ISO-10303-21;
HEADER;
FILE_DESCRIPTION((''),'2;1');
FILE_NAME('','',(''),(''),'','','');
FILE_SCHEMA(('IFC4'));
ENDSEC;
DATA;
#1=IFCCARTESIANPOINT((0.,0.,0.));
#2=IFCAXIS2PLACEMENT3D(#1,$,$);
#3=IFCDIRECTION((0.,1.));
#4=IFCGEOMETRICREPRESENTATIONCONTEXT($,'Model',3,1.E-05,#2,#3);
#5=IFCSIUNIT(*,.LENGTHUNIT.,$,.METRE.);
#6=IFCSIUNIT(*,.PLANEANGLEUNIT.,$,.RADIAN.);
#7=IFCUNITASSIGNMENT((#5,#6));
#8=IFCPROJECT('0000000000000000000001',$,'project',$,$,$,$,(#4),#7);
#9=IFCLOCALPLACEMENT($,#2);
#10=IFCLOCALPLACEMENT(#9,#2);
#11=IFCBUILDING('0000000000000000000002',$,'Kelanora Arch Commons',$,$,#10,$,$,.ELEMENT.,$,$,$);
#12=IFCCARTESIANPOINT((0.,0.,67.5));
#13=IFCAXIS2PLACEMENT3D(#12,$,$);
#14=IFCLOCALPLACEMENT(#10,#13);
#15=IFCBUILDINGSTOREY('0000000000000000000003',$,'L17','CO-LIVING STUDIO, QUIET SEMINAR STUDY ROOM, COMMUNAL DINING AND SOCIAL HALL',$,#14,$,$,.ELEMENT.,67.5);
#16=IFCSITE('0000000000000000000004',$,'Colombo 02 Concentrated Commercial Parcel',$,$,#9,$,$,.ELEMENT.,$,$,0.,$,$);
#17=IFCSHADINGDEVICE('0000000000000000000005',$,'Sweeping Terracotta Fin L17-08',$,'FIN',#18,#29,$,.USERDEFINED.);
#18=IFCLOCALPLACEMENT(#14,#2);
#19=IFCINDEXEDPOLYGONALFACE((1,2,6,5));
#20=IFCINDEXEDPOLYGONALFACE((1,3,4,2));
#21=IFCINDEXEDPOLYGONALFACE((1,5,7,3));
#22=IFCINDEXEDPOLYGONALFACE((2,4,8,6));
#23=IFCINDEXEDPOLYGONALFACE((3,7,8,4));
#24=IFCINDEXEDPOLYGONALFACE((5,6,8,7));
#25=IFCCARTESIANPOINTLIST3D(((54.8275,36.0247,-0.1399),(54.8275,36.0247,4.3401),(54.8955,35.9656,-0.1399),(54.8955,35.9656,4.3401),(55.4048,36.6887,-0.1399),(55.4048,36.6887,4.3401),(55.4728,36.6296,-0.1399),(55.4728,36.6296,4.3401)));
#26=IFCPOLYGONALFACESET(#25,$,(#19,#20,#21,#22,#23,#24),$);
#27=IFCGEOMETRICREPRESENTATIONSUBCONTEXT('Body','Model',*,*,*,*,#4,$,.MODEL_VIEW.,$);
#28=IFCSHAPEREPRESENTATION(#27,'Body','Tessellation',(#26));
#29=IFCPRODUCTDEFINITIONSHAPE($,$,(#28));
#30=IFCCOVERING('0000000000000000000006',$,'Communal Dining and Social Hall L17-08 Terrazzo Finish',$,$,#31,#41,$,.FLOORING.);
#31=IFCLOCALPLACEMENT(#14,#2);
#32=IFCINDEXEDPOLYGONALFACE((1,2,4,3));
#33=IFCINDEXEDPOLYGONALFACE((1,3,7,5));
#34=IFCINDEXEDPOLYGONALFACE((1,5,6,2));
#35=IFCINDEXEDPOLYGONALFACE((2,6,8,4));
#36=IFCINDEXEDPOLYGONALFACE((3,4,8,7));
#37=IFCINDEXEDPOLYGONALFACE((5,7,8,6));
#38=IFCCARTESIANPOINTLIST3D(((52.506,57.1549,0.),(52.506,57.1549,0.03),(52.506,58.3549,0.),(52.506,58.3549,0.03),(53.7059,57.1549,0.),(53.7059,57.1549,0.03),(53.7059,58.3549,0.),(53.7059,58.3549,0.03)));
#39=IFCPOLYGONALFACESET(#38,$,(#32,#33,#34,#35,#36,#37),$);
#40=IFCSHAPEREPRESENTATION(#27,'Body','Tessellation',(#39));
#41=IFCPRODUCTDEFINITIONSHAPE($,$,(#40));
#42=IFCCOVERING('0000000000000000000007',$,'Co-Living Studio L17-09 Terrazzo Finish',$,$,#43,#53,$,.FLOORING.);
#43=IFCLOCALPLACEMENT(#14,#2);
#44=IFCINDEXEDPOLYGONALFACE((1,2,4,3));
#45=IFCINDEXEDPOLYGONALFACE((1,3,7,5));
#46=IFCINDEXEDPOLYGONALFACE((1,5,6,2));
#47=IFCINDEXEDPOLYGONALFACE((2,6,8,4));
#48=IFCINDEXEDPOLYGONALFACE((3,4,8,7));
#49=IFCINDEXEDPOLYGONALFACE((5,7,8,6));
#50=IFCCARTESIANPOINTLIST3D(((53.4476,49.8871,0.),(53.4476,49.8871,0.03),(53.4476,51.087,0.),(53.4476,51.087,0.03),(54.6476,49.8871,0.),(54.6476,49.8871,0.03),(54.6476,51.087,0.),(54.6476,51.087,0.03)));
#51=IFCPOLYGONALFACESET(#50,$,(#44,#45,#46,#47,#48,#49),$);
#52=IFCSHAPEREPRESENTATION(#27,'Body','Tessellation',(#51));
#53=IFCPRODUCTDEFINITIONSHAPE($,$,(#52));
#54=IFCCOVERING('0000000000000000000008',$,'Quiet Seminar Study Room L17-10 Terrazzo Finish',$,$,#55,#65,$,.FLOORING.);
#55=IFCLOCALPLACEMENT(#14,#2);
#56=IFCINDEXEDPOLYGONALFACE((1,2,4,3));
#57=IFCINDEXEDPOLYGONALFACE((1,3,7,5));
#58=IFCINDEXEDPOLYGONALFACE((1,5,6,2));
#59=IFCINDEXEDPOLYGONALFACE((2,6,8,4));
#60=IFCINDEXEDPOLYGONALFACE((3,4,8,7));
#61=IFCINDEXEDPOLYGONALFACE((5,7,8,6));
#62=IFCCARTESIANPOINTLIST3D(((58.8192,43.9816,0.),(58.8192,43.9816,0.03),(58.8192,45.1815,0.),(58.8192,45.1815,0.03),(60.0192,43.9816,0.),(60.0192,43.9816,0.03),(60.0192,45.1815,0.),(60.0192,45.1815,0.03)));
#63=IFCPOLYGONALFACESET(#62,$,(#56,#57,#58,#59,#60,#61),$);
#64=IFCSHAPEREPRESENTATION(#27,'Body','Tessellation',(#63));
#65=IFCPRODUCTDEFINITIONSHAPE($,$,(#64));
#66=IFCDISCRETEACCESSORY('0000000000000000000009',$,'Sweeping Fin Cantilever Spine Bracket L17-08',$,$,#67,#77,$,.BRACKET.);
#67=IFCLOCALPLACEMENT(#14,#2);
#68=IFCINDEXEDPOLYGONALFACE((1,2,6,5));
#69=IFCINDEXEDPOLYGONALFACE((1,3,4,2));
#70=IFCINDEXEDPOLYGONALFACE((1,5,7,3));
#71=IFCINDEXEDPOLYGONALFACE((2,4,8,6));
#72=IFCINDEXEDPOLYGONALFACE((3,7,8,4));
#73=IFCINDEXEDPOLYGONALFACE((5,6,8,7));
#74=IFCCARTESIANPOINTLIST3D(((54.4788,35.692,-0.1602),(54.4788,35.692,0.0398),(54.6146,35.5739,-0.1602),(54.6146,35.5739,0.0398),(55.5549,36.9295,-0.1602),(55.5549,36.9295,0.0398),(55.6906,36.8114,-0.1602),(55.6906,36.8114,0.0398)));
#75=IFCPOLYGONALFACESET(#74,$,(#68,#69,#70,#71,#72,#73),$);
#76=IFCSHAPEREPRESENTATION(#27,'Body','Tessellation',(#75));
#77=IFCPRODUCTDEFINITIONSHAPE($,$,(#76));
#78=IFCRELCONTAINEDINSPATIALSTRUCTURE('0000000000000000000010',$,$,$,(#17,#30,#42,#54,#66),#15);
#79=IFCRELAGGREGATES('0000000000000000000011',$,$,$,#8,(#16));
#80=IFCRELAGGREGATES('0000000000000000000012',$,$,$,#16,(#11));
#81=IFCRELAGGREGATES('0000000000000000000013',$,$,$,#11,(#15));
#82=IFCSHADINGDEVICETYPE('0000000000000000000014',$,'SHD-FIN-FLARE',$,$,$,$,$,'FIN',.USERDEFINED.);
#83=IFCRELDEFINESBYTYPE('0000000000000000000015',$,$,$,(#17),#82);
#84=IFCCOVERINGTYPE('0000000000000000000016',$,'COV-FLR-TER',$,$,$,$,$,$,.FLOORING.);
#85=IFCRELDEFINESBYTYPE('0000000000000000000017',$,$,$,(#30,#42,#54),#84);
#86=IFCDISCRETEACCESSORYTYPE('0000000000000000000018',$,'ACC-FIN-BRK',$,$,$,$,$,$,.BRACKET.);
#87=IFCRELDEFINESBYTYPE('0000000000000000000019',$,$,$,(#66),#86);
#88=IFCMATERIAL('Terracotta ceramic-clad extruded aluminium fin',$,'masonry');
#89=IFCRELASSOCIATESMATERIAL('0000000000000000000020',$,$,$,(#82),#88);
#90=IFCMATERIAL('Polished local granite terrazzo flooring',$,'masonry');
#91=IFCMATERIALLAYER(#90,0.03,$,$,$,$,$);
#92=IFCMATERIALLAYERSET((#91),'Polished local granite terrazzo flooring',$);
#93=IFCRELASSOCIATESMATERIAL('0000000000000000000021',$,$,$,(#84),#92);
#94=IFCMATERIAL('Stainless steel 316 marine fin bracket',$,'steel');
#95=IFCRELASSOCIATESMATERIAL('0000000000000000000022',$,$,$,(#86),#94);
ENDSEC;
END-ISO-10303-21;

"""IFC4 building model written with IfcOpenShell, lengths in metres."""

from ifc_helpers import new_model, si_unit, direction, frame, origin, origin_2d, place, context, subcontext, project, spatial, rectangle, extrude, source, transform, mapped, material, layer, layer_set, type_object, element, save


model = new_model("IFC4")

# Units and contexts
model_context = context("Model", 3, precision=1e-05, world=origin(), true_north=direction((0.0, 1.0)))
body_context = subcontext(model_context, "Body", "Model", "MODEL_VIEW")
ifc_project = project(units=[si_unit("LENGTHUNIT", "METRE"), si_unit("PLANEANGLEUNIT", "RADIAN")], contexts=[model_context])

# Site, building, storey
site_placement = place(None, origin())
site = spatial("IfcSite", under=ifc_project, at=site_placement, Name="Colombo 02 Concentrated Commercial Parcel", CompositionType="ELEMENT", RefElevation=0.0)
building_placement = place(site_placement, origin())
building = spatial("IfcBuilding", under=site, at=building_placement, Name="Kelanora Arch Commons", CompositionType="ELEMENT")
storey_placement = place(building_placement, frame((0.0, 0.0, 67.5)))
storey = spatial("IfcBuildingStorey", under=building, at=storey_placement, Name="L17", Description="CO-LIVING STUDIO, QUIET SEMINAR STUDY ROOM, COMMUNAL DINING AND SOCIAL HALL", CompositionType="ELEMENT", Elevation=67.5)

# Shading device
ifc_material_1 = material(Name="Terracotta ceramic-clad extruded aluminium fin", Category="masonry")
shading_device_type = type_object("IfcShadingDeviceType", Name="SHD-FIN-FLARE", ElementType="FIN", PredefinedType="USERDEFINED", material=ifc_material_1)
shared_shape_1 = source(origin(), body_context, "Body", "SweptSolid", [
    extrude(rectangle(XDim=0.8799, YDim=0.0901, at=origin_2d()), origin(), (0.0, 0.0, 1.0), 4.48),
])
shading_device_placement = place(storey_placement, frame((55.1501, 36.3271, -0.1399), z_axis=(0.0, 0.0, 1.0), x_axis=(-0.656191, -0.754595, 0.0)))
element("IfcShadingDevice", 1, at=shading_device_placement, inside=storey, type_object=shading_device_type, Name="Sweeping Terracotta Fin L17-08", ObjectType="FIN", PredefinedType="USERDEFINED", context=body_context, shape_type="MappedRepresentation", body=[
    mapped(shared_shape_1, transform((0.0, 0.0, 0.0), scale=1.0)),
])

# Coverings
ifc_material_2 = material(Name="Polished local granite terrazzo flooring", Category="masonry")
ifc_layer_1 = layer(ifc_material_2, 0.03)
ifc_layer_set_1 = layer_set([ifc_layer_1], Name="Polished local granite terrazzo flooring")
covering_type = type_object("IfcCoveringType", Name="COV-FLR-TER", PredefinedType="FLOORING", material=ifc_layer_set_1)
shared_shape_2 = source(origin(), body_context, "Body", "SweptSolid", [
    extrude(rectangle(XDim=1.2, YDim=1.2, at=origin_2d()), origin(), (0.0, 0.0, 1.0), 0.03),
])
for number, where, z_axis, x_axis, name in (
    (2, (53.106, 57.7549, 0.0), (0.0, 0.0, 1.0), (1.0, 0.0, 0.0), "Communal Dining and Social Hall L17-08 Terrazzo Finish"),
    (3, (54.0476, 50.4871, 0.0), (0.0, 0.0, 1.0), (1.0, 0.0, 0.0), "Co-Living Studio L17-09 Terrazzo Finish"),
    (4, (59.4192, 44.5815, 0.0), (0.0, 0.0, 1.0), (1.0, 0.0, 0.0), "Quiet Seminar Study Room L17-10 Terrazzo Finish"),
):
    element("IfcCovering", number, at=place(storey_placement, frame(where, z_axis=z_axis, x_axis=x_axis)), inside=storey, type_object=covering_type, Name=name, PredefinedType="FLOORING", context=body_context, shape_type="MappedRepresentation", body=[
        mapped(shared_shape_2, transform((0.0, 0.0, 0.0), scale=1.0)),
    ])

# Discrete accessory
ifc_material_3 = material(Name="Stainless steel 316 marine fin bracket", Category="steel")
discrete_accessory_type = type_object("IfcDiscreteAccessoryType", Name="ACC-FIN-BRK", PredefinedType="BRACKET", material=ifc_material_3)
shared_shape_3 = source(origin(), body_context, "Body", "SweptSolid", [
    extrude(rectangle(XDim=1.6399, YDim=0.1799, at=origin_2d()), origin(), (0.0, 0.0, 1.0), 0.2),
])
discrete_accessory_placement = place(storey_placement, frame((55.0847, 36.2517, -0.1602), z_axis=(0.0, 0.0, 1.0), x_axis=(-0.656191, -0.754595, 0.0)))
element("IfcDiscreteAccessory", 5, at=discrete_accessory_placement, inside=storey, type_object=discrete_accessory_type, Name="Sweeping Fin Cantilever Spine Bracket L17-08", PredefinedType="BRACKET", context=body_context, shape_type="MappedRepresentation", body=[
    mapped(shared_shape_3, transform((0.0, 0.0, 0.0), scale=1.0)),
])

save(model, "model.ifc")
